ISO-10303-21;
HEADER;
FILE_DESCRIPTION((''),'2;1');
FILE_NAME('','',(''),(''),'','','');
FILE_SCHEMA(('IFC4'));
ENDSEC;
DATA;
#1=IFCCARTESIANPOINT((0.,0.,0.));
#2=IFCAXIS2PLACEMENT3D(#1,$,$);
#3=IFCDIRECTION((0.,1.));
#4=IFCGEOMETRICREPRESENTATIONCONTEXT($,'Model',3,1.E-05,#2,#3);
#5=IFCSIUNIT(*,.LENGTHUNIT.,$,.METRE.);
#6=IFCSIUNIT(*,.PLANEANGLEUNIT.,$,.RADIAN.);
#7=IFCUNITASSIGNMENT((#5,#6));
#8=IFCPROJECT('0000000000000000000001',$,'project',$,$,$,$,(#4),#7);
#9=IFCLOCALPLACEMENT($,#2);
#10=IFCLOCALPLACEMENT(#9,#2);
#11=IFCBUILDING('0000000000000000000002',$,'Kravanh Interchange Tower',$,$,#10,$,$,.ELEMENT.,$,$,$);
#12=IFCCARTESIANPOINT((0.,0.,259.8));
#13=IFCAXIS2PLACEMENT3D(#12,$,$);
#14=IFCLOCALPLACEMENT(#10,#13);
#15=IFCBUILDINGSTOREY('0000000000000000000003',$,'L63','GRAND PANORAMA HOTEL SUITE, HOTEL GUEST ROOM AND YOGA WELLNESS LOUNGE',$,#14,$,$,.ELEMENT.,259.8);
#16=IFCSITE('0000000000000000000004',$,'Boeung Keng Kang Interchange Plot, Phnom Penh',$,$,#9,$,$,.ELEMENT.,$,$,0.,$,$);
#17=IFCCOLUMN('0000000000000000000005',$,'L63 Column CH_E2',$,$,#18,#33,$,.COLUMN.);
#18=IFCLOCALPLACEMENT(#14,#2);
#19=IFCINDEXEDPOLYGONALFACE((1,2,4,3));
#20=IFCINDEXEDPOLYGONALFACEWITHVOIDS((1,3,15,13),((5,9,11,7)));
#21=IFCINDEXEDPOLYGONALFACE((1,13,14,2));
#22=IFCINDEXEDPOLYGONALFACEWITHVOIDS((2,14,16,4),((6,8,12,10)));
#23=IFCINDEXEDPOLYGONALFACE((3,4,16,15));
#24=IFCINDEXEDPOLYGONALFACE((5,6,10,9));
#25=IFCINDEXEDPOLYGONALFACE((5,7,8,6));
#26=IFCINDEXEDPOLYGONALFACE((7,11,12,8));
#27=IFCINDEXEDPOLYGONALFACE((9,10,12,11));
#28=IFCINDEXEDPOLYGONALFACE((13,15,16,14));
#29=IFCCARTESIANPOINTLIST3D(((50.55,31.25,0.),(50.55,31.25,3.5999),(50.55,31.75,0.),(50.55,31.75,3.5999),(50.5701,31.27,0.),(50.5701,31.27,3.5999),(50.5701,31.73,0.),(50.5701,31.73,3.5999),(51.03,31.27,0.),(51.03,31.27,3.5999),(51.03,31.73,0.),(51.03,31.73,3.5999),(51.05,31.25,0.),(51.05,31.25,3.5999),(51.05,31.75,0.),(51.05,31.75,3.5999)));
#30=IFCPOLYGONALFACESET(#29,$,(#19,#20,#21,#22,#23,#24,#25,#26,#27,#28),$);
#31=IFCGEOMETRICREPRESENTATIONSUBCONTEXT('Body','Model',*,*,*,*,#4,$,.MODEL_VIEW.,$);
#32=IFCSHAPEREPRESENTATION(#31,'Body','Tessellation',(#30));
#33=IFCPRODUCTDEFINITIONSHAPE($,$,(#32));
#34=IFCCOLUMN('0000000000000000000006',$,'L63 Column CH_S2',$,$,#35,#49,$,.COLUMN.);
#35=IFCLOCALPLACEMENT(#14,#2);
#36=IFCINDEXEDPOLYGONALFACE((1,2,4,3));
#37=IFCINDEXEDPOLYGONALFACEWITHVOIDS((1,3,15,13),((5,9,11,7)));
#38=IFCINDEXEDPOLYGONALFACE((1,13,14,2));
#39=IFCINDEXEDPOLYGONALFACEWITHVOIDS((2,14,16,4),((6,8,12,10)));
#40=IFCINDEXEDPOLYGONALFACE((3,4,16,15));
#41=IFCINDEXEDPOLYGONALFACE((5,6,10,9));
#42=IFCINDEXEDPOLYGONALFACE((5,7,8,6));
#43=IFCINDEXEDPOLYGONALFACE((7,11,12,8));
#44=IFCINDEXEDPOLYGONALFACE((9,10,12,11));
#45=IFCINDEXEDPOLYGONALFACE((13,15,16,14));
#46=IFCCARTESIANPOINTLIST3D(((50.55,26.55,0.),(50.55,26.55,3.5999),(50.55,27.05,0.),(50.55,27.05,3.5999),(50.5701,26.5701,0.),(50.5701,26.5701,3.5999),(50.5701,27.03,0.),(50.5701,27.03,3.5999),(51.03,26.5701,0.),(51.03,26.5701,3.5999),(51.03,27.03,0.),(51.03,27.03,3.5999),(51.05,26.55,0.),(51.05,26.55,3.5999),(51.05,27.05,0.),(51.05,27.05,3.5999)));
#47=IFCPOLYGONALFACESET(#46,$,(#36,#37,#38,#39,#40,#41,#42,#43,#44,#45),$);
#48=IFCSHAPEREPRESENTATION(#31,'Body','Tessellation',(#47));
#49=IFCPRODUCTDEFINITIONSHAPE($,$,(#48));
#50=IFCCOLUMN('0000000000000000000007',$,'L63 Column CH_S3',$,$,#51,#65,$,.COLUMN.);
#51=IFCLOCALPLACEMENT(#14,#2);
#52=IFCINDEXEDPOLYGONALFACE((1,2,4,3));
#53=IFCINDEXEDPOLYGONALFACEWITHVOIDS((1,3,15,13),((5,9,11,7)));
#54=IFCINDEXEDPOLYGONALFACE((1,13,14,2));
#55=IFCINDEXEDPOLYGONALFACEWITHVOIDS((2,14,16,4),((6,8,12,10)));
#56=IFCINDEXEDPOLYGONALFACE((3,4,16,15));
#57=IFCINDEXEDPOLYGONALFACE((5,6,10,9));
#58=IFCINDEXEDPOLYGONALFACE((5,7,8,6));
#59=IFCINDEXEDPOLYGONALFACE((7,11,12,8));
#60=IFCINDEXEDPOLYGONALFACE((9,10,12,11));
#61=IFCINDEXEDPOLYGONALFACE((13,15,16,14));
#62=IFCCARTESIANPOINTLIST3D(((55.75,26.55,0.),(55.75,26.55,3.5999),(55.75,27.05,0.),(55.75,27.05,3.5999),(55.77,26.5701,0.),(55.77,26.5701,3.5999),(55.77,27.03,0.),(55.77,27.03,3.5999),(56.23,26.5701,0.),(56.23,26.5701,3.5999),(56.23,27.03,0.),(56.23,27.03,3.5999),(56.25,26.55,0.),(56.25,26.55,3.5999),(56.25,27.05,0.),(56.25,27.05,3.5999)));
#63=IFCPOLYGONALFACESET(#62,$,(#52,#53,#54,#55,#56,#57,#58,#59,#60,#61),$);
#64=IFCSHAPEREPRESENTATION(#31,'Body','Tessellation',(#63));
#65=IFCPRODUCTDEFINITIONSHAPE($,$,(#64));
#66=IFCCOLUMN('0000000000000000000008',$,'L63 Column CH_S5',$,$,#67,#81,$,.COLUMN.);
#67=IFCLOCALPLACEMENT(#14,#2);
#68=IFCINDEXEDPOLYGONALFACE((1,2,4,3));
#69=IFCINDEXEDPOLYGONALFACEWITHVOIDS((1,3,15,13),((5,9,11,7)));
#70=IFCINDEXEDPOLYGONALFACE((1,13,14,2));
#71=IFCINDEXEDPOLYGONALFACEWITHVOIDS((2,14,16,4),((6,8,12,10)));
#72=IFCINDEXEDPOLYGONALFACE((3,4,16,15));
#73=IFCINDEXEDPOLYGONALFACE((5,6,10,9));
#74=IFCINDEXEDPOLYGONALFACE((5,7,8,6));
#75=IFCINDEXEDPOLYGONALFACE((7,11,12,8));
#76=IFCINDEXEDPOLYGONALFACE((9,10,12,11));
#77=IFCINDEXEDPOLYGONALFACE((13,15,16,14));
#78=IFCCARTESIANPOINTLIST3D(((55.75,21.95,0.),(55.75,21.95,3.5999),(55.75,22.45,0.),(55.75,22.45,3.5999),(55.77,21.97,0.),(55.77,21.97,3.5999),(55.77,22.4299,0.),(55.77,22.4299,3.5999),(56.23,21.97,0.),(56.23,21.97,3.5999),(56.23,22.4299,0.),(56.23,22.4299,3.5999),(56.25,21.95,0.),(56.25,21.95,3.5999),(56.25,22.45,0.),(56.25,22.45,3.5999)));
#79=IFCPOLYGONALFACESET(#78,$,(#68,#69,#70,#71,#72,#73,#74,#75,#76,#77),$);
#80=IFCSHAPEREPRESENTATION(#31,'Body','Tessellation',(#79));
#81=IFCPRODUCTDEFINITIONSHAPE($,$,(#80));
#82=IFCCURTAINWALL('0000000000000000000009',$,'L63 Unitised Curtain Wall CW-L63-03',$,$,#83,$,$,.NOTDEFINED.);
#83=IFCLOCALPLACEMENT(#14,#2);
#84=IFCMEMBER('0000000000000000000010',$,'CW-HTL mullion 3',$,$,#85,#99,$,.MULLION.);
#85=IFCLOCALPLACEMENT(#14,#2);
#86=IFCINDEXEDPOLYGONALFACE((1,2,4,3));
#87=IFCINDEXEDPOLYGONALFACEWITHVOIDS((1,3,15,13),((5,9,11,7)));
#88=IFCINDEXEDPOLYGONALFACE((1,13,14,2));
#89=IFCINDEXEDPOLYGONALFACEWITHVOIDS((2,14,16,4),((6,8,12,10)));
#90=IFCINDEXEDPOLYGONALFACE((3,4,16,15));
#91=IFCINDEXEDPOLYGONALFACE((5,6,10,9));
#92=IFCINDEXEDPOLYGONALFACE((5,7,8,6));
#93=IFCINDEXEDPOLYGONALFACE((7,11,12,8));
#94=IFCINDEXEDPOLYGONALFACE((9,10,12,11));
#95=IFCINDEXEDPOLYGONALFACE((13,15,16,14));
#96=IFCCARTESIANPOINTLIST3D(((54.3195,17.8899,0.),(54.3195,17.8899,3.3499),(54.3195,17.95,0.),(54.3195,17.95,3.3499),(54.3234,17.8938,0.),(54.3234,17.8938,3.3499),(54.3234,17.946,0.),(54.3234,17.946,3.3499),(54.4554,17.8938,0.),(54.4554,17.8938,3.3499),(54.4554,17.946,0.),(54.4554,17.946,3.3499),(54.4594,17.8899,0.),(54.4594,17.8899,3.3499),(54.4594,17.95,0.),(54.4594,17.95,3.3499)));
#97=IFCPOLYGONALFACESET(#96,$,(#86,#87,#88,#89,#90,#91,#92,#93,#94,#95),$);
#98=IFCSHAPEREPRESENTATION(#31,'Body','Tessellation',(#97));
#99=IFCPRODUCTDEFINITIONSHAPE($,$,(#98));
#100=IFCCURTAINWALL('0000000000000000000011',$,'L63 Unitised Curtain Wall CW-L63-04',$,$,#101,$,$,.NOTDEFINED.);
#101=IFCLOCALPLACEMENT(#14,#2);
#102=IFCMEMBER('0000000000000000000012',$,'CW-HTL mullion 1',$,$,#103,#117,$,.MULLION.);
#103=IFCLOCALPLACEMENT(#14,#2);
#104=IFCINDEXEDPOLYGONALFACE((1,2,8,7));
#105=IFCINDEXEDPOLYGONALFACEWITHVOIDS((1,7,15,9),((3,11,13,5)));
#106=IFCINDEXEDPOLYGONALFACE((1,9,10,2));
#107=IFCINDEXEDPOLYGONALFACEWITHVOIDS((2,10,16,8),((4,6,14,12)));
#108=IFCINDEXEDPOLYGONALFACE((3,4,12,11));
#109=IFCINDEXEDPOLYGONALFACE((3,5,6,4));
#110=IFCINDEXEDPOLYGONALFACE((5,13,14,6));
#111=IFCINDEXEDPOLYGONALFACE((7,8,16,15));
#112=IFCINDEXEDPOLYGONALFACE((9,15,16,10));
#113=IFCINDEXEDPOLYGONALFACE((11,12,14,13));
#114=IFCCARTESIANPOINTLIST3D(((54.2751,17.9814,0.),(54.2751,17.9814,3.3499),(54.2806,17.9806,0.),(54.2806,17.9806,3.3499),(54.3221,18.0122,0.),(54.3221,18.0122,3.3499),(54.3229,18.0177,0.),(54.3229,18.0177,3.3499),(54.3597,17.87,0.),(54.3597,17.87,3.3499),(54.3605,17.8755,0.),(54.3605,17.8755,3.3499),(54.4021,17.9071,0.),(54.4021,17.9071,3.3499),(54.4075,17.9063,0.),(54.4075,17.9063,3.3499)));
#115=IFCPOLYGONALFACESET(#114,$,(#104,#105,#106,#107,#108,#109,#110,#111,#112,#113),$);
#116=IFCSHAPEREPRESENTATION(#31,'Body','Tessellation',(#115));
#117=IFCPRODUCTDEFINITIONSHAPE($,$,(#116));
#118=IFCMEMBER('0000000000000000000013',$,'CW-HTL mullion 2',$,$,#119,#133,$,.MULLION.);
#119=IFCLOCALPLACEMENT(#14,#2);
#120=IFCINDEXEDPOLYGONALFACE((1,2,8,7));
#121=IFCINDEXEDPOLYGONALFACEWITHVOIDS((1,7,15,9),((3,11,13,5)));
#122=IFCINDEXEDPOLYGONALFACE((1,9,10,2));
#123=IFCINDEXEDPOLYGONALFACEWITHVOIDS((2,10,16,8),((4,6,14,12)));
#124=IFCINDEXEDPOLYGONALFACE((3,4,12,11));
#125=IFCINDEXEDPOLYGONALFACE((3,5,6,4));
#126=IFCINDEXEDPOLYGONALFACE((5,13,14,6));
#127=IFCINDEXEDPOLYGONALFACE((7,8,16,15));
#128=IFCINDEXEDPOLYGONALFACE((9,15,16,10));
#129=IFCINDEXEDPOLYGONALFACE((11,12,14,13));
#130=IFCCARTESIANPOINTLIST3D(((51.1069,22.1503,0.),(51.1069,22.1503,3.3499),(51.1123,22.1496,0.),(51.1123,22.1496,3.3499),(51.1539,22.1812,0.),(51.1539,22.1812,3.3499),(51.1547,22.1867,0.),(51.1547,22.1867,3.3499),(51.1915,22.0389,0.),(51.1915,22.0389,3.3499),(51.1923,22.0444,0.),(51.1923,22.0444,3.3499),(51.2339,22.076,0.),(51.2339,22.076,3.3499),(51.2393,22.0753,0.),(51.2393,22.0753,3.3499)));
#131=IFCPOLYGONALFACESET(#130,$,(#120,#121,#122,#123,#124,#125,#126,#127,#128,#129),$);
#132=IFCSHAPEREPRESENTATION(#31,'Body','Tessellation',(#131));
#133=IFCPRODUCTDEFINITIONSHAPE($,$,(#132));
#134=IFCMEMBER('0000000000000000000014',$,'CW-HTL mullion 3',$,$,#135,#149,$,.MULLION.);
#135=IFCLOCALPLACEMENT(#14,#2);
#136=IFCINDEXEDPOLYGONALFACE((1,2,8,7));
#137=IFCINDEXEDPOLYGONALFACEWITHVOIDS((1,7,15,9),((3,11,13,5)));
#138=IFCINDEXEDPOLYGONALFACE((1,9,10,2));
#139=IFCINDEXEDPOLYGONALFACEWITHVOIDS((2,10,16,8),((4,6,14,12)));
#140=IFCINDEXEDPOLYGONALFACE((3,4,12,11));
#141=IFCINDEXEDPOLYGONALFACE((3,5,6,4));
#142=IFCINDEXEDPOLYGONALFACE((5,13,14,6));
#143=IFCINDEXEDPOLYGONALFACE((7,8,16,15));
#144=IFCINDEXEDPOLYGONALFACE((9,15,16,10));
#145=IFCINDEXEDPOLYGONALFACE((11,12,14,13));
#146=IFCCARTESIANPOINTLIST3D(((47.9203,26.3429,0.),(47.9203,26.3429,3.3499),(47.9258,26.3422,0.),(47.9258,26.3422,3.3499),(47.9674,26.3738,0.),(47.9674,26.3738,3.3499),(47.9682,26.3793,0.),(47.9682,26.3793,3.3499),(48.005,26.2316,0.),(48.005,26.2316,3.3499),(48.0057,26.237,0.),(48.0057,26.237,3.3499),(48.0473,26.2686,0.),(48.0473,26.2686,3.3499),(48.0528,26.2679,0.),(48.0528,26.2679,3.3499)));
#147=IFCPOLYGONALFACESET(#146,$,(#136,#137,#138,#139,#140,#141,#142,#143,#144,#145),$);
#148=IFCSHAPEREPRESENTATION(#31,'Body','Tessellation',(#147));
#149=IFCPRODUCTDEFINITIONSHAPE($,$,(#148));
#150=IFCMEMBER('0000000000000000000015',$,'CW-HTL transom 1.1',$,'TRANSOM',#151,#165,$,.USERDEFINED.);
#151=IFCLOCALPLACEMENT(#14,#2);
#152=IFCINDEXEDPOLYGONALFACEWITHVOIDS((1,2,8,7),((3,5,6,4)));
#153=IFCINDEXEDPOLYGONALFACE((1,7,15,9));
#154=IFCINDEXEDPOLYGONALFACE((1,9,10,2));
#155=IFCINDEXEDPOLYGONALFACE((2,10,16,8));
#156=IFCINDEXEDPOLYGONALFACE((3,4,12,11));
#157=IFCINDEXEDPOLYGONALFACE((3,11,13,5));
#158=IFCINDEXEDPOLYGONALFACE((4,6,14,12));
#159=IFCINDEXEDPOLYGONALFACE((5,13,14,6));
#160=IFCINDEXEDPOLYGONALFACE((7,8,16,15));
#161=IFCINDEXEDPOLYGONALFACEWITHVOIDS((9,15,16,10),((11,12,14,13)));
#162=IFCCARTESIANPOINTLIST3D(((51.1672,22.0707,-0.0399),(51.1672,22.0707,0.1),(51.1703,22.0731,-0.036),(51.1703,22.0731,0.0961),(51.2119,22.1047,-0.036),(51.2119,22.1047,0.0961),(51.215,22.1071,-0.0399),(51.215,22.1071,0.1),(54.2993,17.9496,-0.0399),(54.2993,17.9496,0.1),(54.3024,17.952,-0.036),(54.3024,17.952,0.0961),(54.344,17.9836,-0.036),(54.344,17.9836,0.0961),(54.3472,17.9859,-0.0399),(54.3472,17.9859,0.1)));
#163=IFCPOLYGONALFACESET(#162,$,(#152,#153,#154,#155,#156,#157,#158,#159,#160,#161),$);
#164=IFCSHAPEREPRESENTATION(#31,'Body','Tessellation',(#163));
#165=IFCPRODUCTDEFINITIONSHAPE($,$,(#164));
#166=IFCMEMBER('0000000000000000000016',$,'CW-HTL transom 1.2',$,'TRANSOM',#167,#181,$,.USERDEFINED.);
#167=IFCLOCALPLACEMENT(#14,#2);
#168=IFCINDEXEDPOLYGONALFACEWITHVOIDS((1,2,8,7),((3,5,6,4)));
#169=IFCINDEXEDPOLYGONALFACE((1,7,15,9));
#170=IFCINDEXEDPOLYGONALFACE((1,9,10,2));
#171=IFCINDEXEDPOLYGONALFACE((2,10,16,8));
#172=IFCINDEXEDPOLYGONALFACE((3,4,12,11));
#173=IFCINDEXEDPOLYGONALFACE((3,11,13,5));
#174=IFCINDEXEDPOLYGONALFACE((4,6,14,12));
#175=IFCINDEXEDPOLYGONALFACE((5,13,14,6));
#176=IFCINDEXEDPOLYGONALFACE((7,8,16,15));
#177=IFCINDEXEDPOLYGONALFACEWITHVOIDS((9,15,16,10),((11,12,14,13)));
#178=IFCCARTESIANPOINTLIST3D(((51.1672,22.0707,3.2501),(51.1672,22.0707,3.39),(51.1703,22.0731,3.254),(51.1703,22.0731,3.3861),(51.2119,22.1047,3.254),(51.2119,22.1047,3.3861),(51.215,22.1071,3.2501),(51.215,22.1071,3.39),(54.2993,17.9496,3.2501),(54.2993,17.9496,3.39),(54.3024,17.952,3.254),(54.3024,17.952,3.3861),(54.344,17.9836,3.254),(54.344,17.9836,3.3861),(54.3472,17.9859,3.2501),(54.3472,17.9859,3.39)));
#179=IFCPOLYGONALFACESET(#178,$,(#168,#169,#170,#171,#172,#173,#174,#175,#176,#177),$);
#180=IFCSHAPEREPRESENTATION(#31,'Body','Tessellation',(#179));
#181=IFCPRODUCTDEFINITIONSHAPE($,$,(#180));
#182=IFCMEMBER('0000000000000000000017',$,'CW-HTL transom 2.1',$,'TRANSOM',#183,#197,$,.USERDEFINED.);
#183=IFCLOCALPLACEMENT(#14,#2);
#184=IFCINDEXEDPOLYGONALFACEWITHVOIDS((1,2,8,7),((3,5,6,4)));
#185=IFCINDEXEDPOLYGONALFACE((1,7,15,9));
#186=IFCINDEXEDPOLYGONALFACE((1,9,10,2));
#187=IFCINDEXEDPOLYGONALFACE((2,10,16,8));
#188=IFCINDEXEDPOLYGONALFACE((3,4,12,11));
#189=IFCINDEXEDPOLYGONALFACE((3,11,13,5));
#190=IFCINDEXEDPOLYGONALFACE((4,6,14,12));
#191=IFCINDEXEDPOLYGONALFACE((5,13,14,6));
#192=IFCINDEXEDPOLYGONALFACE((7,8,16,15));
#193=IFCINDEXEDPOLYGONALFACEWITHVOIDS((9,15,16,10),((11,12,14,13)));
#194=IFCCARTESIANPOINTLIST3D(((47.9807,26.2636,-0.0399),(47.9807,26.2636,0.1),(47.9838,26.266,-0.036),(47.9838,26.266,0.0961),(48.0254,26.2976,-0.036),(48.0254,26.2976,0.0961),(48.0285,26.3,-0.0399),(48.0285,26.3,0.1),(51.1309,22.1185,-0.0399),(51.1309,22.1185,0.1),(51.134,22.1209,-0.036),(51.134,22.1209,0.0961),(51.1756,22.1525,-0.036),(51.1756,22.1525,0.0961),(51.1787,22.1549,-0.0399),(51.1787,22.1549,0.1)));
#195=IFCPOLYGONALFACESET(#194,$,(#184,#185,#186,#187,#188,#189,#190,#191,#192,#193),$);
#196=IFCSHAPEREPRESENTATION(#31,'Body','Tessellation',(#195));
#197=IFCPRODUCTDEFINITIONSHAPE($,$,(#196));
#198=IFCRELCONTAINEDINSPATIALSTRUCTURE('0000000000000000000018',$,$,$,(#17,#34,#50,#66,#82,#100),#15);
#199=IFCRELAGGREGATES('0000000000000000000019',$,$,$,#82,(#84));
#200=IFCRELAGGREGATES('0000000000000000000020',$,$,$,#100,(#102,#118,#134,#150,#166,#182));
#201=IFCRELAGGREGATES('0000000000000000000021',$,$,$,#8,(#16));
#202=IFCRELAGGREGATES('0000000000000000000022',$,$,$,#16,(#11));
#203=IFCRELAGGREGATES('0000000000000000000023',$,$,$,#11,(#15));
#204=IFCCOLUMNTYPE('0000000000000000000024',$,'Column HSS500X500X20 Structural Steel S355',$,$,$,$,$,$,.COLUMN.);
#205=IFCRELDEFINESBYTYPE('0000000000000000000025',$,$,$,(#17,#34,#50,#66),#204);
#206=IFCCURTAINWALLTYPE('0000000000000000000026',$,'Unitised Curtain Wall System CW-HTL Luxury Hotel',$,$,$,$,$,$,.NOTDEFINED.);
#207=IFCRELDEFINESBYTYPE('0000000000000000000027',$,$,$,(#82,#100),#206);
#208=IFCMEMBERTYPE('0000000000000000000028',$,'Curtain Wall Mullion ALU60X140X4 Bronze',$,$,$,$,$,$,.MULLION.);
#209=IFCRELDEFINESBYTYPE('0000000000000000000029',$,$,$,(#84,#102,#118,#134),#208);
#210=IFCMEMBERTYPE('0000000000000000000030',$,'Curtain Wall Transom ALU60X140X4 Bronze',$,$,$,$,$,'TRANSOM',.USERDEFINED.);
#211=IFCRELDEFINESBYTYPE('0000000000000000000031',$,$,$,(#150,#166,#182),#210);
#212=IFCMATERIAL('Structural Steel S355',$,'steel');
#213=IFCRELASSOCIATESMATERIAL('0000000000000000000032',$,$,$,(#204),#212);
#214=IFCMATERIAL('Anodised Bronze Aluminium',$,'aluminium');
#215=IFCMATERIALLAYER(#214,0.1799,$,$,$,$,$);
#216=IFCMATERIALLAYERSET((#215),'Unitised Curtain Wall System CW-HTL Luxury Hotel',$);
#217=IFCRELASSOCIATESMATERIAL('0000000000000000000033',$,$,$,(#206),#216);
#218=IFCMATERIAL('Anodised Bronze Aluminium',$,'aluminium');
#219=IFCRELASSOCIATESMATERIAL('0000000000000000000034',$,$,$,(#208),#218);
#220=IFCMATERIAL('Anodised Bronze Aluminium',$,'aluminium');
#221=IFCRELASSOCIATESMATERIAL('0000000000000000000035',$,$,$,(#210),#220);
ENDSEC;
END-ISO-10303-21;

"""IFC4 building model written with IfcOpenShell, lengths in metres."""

from ifc_helpers import new_model, si_unit, direction, frame, origin, origin_2d, place, context, subcontext, project, spatial, hollow_rectangle, extrude, material, layer, layer_set, material_profile, profile_set, type_object, element, aggregate, save


model = new_model("IFC4")

# Units and contexts
model_context = context("Model", 3, precision=1e-05, world=origin(), true_north=direction((0.0, 1.0)))
body_context = subcontext(model_context, "Body", "Model", "MODEL_VIEW")
ifc_project = project(units=[si_unit("LENGTHUNIT", "METRE"), si_unit("PLANEANGLEUNIT", "RADIAN")], contexts=[model_context])

# Site, building, storey
site_placement = place(None, origin())
site = spatial("IfcSite", under=ifc_project, at=site_placement, Name="Boeung Keng Kang Interchange Plot, Phnom Penh", CompositionType="ELEMENT", RefElevation=0.0)
building_placement = place(site_placement, origin())
building = spatial("IfcBuilding", under=site, at=building_placement, Name="Kravanh Interchange Tower", CompositionType="ELEMENT")
storey_placement = place(building_placement, frame((0.0, 0.0, 259.8)))
storey = spatial("IfcBuildingStorey", under=building, at=storey_placement, Name="L63", Description="GRAND PANORAMA HOTEL SUITE, HOTEL GUEST ROOM AND YOGA WELLNESS LOUNGE", CompositionType="ELEMENT", Elevation=259.8)

# Columns
ifc_material_1 = material(Name="Structural Steel S355", Category="steel")
ifc_material_profile_1 = material_profile(ifc_material_1, hollow_rectangle(XDim=0.5, YDim=0.5, WallThickness=0.02, at=origin_2d()), Name="HSS500X500X20")
ifc_profile_set_1 = profile_set([ifc_material_profile_1], Name="Structural Steel S355")
column_type = type_object("IfcColumnType", Name="Column HSS500X500X20 Structural Steel S355", PredefinedType="COLUMN", material=ifc_profile_set_1)
for number, where, z_axis, x_axis, name in (
    (1, (50.8, 31.5, 0.0), (0.0, 0.0, 1.0), (1.0, 0.0, 0.0), "L63 Column CH_E2"),
    (2, (50.8, 26.8, 0.0), (0.0, 0.0, 1.0), (1.0, 0.0, 0.0), "L63 Column CH_S2"),
    (3, (56.0, 26.8, 0.0), (0.0, 0.0, 1.0), (1.0, 0.0, 0.0), "L63 Column CH_S3"),
    (4, (56.0, 22.2, 0.0), (0.0, 0.0, 1.0), (1.0, 0.0, 0.0), "L63 Column CH_S5"),
):
    element("IfcColumn", number, at=place(storey_placement, frame(where, z_axis=z_axis, x_axis=x_axis)), inside=storey, type_object=column_type, Name=name, PredefinedType="COLUMN", context=body_context, shape_type="SweptSolid", body=[
        extrude(hollow_rectangle(XDim=0.5, YDim=0.5, WallThickness=0.02, at=origin_2d()), origin(), (0.0, 0.0, 1.0), 3.5999),
    ])

# Curtain wall, member
ifc_material_2 = material(Name="Anodised Bronze Aluminium", Category="aluminium")
ifc_layer_1 = layer(ifc_material_2, 0.1799)
ifc_layer_set_1 = layer_set([ifc_layer_1], Name="Unitised Curtain Wall System CW-HTL Luxury Hotel")
curtain_wall_type = type_object("IfcCurtainWallType", Name="Unitised Curtain Wall System CW-HTL Luxury Hotel", PredefinedType="NOTDEFINED", material=ifc_layer_set_1)
curtain_wall_1_placement = place(storey_placement, origin())
curtain_wall_1 = element("IfcCurtainWall", 5, at=curtain_wall_1_placement, inside=storey, type_object=curtain_wall_type, Name="L63 Unitised Curtain Wall CW-L63-03", PredefinedType="NOTDEFINED")
ifc_material_3 = material(Name="Anodised Bronze Aluminium", Category="aluminium")
ifc_material_profile_2 = material_profile(ifc_material_3, hollow_rectangle(XDim=0.0601, YDim=0.1399, WallThickness=0.0039, at=origin_2d()), Name="ALU60X140X4")
ifc_profile_set_2 = profile_set([ifc_material_profile_2], Name="Anodised Bronze Aluminium")
member_type_1 = type_object("IfcMemberType", Name="Curtain Wall Mullion ALU60X140X4 Bronze", PredefinedType="MULLION", material=ifc_profile_set_2)
member_1_placement = place(storey_placement, frame((54.3894, 17.9199, 0.0), z_axis=(0.0, 0.0, 1.0), x_axis=(0.0, -1.0, 0.0)))
member_1 = element("IfcMember", 6, at=member_1_placement, type_object=member_type_1, Name="CW-HTL mullion 3", PredefinedType="MULLION", context=body_context, shape_type="SweptSolid", body=[
    extrude(hollow_rectangle(XDim=0.0601, YDim=0.1399, WallThickness=0.0039, at=origin_2d()), origin(), (0.0, 0.0, 1.0), 3.3499),
])
aggregate(curtain_wall_1, [member_1])

# Curtain wall, members
curtain_wall_2_placement = place(storey_placement, origin())
curtain_wall_2 = element("IfcCurtainWall", 7, at=curtain_wall_2_placement, inside=storey, type_object=curtain_wall_type, Name="L63 Unitised Curtain Wall CW-L63-04", PredefinedType="NOTDEFINED")
member_2_placement = place(storey_placement, frame((54.3413, 17.9438, 0.0), z_axis=(0.0, 0.0, 1.0), x_axis=(-0.796162, -0.605083, 0.0)))
member_2 = element("IfcMember", 8, at=member_2_placement, type_object=member_type_1, Name="CW-HTL mullion 1", PredefinedType="MULLION", context=body_context, shape_type="SweptSolid", body=[
    extrude(hollow_rectangle(XDim=0.0601, YDim=0.1399, WallThickness=0.0039, at=origin_2d()), origin(), (0.0, 0.0, 1.0), 3.3499),
])
member_3_placement = place(storey_placement, frame((51.1731, 22.1128, 0.0), z_axis=(0.0, 0.0, 1.0), x_axis=(-0.796162, -0.605083, 0.0)))
member_3 = element("IfcMember", 9, at=member_3_placement, type_object=member_type_1, Name="CW-HTL mullion 2", PredefinedType="MULLION", context=body_context, shape_type="SweptSolid", body=[
    extrude(hollow_rectangle(XDim=0.0601, YDim=0.1399, WallThickness=0.0039, at=origin_2d()), origin(), (0.0, 0.0, 1.0), 3.3499),
])
member_4_placement = place(storey_placement, frame((47.9866, 26.3054, 0.0), z_axis=(0.0, 0.0, 1.0), x_axis=(-0.796162, -0.605083, 0.0)))
member_4 = element("IfcMember", 10, at=member_4_placement, type_object=member_type_1, Name="CW-HTL mullion 3", PredefinedType="MULLION", context=body_context, shape_type="SweptSolid", body=[
    extrude(hollow_rectangle(XDim=0.0601, YDim=0.1399, WallThickness=0.0039, at=origin_2d()), origin(), (0.0, 0.0, 1.0), 3.3499),
])
ifc_material_4 = material(Name="Anodised Bronze Aluminium", Category="aluminium")
ifc_material_profile_3 = material_profile(ifc_material_4, hollow_rectangle(XDim=0.0601, YDim=0.1399, WallThickness=0.0039, at=origin_2d()), Name="ALU60X140X4")
ifc_profile_set_3 = profile_set([ifc_material_profile_3], Name="Anodised Bronze Aluminium")
member_type_2 = type_object("IfcMemberType", Name="Curtain Wall Transom ALU60X140X4 Bronze", ElementType="TRANSOM", PredefinedType="USERDEFINED", material=ifc_profile_set_3)
member_5_placement = place(storey_placement, frame((54.3232, 17.9678, 0.03), z_axis=(-0.605089, 0.796158, 0.0), x_axis=(-0.796158, -0.605089, 0.0)))
member_5 = element("IfcMember", 11, at=member_5_placement, type_object=member_type_2, Name="CW-HTL transom 1.1", ObjectType="TRANSOM", PredefinedType="USERDEFINED", context=body_context, shape_type="SweptSolid", body=[
    extrude(hollow_rectangle(XDim=0.0601, YDim=0.1399, WallThickness=0.0039, at=origin_2d()), origin(), (0.0, 0.0, 1.0), 5.1763),
])
member_6_placement = place(storey_placement, frame((54.3232, 17.9678, 3.3201), z_axis=(-0.605089, 0.796158, 0.0), x_axis=(-0.796158, -0.605089, 0.0)))
member_6 = element("IfcMember", 12, at=member_6_placement, type_object=member_type_2, Name="CW-HTL transom 1.2", ObjectType="TRANSOM", PredefinedType="USERDEFINED", context=body_context, shape_type="SweptSolid", body=[
    extrude(hollow_rectangle(XDim=0.0601, YDim=0.1399, WallThickness=0.0039, at=origin_2d()), origin(), (0.0, 0.0, 1.0), 5.1763),
])
member_7_placement = place(storey_placement, frame((51.1548, 22.1367, 0.03), z_axis=(-0.605075, 0.796169, 0.0), x_axis=(-0.796169, -0.605075, 0.0)))
member_7 = element("IfcMember", 13, at=member_7_placement, type_object=member_type_2, Name="CW-HTL transom 2.1", ObjectType="TRANSOM", PredefinedType="USERDEFINED", context=body_context, shape_type="SweptSolid", body=[
    extrude(hollow_rectangle(XDim=0.0601, YDim=0.1399, WallThickness=0.0039, at=origin_2d()), origin(), (0.0, 0.0, 1.0), 5.2063),
])

aggregate(curtain_wall_2, [member_2, member_3, member_4, member_5, member_6, member_7])

save(model, "model.ifc")
